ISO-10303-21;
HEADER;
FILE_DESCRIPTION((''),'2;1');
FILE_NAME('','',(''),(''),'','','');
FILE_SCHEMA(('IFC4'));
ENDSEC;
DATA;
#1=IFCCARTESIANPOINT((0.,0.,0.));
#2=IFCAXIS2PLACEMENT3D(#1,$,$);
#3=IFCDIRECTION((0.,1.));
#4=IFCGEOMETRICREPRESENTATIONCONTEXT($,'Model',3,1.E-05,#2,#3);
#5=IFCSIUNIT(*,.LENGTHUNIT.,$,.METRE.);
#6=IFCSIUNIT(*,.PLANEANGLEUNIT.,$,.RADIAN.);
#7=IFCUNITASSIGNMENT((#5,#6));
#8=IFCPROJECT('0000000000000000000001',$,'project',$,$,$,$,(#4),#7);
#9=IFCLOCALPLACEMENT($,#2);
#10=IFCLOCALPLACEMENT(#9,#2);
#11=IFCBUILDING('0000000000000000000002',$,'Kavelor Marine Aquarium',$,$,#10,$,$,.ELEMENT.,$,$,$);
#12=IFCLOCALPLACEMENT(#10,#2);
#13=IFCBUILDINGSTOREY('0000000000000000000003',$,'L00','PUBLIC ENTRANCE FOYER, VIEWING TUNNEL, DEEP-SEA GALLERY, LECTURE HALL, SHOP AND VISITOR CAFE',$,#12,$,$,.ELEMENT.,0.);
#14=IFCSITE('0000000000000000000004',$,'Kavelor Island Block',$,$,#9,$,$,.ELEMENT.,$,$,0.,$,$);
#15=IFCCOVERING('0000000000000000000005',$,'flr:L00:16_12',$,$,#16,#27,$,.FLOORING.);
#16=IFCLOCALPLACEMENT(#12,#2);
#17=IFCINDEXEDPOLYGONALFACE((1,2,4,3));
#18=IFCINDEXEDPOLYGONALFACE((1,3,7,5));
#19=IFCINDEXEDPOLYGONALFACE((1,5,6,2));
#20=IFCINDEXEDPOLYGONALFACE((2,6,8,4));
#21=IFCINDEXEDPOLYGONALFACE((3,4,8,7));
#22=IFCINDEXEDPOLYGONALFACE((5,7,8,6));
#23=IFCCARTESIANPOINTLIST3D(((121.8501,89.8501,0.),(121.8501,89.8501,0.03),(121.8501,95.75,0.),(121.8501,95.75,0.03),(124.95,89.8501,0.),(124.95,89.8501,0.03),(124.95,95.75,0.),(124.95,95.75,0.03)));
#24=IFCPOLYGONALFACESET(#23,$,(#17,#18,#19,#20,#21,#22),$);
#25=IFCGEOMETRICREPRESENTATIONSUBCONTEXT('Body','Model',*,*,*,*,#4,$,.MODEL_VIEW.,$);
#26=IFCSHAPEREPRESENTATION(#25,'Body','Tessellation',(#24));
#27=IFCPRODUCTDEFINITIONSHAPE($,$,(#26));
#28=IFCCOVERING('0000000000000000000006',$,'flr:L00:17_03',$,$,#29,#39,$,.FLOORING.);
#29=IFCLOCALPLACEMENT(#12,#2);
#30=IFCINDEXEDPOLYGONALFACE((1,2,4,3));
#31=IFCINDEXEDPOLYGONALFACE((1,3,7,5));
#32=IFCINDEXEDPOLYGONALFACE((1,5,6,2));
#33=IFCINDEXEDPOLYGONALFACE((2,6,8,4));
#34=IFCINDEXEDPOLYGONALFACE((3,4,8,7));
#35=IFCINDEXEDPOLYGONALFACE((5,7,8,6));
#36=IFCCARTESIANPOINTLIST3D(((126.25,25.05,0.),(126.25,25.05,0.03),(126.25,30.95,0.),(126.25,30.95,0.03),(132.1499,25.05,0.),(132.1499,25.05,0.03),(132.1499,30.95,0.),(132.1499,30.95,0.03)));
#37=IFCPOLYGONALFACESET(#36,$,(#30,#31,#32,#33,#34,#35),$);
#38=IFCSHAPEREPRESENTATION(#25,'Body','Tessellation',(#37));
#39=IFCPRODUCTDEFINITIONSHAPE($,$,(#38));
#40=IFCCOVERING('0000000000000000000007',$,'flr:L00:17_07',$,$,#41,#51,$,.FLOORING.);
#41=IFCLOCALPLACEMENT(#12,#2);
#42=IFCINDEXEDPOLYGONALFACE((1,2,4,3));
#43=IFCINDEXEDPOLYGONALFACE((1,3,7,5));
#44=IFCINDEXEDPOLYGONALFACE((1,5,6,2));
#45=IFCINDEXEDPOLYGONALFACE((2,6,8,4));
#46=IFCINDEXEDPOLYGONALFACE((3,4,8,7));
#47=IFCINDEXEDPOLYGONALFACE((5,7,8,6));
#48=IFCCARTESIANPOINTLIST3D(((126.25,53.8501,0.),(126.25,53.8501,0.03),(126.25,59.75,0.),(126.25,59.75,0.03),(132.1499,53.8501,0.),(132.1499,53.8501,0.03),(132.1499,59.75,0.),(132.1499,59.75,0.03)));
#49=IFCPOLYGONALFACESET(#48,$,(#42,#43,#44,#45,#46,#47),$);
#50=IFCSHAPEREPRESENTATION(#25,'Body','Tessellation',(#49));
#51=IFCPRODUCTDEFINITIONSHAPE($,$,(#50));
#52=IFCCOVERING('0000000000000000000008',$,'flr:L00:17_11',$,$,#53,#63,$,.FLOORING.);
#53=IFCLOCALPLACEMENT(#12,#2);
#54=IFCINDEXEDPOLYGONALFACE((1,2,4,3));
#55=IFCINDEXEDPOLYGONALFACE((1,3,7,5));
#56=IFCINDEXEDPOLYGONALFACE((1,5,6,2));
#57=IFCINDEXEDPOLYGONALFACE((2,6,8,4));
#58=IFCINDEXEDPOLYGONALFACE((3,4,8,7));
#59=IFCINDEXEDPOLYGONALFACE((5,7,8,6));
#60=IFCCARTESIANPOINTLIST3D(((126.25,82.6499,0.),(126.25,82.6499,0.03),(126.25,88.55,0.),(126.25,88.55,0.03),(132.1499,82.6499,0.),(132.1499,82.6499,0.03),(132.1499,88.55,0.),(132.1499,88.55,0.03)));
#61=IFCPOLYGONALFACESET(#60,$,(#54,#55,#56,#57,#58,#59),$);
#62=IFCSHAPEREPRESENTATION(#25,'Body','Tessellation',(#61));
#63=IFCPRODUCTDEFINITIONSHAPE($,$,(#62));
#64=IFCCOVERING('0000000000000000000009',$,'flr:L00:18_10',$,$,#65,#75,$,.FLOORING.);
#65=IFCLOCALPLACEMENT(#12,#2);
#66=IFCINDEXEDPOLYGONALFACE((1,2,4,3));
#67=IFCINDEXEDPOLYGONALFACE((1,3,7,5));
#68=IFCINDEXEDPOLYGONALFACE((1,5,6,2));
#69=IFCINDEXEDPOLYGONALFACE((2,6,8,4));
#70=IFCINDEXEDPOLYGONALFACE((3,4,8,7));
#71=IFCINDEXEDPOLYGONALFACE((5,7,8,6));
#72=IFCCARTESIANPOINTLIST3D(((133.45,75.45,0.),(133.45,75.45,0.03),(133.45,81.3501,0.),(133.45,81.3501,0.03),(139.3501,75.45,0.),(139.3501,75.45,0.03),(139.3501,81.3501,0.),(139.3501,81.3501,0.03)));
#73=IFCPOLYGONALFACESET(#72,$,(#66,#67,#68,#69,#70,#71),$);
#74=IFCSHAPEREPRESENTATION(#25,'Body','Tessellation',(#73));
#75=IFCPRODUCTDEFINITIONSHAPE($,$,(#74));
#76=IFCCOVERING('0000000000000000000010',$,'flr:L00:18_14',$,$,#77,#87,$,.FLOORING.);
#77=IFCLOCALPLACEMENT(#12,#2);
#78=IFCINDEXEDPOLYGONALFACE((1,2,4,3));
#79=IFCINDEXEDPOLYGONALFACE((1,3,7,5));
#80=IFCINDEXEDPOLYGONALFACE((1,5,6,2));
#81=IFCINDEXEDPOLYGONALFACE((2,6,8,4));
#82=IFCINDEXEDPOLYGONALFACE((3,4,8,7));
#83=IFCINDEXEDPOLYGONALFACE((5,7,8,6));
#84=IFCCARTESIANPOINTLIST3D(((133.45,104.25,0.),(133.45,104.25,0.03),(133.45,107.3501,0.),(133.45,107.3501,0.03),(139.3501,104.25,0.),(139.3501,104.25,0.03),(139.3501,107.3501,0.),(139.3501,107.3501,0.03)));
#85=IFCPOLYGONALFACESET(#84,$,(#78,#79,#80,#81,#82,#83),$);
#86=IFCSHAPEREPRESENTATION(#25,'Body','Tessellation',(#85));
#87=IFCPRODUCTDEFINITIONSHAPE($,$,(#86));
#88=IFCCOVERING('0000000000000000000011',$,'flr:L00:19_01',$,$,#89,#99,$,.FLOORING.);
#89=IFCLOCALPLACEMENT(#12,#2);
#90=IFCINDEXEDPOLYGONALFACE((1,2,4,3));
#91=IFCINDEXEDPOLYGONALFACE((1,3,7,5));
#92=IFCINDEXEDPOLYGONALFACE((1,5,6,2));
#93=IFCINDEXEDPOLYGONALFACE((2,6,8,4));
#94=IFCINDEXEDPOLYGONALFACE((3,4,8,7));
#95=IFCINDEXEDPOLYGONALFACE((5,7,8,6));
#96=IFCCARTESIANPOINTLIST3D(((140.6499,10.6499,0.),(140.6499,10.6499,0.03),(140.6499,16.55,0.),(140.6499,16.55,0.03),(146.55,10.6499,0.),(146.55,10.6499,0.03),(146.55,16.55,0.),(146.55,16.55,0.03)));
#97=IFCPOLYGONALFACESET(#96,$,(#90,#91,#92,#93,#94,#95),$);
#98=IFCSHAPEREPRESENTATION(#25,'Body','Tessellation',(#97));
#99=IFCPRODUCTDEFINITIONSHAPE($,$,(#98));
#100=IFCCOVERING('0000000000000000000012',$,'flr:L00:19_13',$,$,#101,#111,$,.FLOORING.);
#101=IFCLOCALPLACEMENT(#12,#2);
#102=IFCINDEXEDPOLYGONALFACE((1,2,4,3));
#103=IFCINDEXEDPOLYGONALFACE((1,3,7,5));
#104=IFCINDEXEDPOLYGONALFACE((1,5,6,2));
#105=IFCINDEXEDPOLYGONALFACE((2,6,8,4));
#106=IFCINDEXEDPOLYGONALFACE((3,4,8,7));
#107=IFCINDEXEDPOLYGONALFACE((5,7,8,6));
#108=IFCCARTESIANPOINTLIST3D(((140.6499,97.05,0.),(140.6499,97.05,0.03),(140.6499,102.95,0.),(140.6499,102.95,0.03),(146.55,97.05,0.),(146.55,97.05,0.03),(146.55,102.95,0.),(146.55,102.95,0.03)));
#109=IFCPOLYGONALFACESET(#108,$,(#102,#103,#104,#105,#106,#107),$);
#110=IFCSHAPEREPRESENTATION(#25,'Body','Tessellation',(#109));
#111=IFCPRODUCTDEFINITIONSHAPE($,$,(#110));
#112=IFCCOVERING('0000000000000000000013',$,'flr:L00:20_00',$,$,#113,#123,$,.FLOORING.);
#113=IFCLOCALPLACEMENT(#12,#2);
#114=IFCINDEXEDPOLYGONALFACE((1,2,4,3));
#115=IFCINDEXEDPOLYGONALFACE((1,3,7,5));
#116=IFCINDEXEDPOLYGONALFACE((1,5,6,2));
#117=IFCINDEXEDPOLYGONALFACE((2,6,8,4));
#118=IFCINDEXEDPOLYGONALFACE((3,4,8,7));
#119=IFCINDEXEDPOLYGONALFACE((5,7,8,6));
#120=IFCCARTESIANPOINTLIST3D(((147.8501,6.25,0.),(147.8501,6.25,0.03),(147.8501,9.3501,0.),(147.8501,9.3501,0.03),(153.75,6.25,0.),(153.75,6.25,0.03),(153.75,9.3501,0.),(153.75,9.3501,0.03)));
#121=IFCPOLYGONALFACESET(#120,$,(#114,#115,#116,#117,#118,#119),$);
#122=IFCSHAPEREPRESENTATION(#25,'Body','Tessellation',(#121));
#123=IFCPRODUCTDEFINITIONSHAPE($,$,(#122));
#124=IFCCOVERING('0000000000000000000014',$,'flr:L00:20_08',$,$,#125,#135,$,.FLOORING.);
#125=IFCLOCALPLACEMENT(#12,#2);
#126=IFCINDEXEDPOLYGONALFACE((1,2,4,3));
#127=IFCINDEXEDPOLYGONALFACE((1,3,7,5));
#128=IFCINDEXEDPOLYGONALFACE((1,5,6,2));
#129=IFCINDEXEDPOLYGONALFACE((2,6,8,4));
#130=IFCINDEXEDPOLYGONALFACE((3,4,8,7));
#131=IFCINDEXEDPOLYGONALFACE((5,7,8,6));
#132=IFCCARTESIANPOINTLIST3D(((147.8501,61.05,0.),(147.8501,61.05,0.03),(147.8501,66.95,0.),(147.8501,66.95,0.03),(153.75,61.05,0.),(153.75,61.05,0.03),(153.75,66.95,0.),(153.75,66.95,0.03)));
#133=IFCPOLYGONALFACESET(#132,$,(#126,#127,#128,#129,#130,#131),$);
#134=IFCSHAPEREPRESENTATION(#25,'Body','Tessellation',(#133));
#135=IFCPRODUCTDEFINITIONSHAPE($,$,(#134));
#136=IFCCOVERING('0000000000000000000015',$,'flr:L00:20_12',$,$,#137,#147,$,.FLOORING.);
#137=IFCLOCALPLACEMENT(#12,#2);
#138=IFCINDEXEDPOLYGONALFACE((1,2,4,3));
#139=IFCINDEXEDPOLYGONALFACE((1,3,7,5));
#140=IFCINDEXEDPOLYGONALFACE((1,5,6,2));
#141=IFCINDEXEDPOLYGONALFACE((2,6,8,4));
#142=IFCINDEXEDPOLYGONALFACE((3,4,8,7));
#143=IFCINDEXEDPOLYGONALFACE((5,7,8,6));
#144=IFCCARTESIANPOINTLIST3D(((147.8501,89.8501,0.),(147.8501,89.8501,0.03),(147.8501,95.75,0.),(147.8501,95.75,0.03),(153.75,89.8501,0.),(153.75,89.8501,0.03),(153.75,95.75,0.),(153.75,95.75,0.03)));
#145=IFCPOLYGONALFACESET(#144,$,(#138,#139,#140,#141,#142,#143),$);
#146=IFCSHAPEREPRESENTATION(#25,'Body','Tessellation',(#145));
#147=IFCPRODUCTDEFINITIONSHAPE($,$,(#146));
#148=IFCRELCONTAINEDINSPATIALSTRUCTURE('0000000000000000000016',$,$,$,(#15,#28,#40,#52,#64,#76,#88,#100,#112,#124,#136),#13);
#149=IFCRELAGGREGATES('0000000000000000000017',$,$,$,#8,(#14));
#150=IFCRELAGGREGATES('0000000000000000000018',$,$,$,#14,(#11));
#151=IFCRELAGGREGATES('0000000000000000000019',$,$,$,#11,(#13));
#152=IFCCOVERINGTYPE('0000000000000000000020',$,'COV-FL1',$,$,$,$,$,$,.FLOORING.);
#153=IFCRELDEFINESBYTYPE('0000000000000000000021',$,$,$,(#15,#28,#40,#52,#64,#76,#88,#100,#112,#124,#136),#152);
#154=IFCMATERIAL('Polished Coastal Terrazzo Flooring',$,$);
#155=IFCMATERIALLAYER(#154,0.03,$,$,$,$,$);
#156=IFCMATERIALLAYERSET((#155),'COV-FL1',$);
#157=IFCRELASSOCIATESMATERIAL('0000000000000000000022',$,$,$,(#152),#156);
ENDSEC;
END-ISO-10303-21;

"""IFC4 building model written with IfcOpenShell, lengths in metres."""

from ifc_helpers import new_model, si_unit, direction, origin, place, context, subcontext, project, spatial, polyline, outline, extrude, material, layer, layer_set, type_object, element, save


model = new_model("IFC4")

# Units and contexts
model_context = context("Model", 3, precision=1e-05, world=origin(), true_north=direction((0.0, 1.0)))
body_context = subcontext(model_context, "Body", "Model", "MODEL_VIEW")
ifc_project = project(units=[si_unit("LENGTHUNIT", "METRE"), si_unit("PLANEANGLEUNIT", "RADIAN")], contexts=[model_context])

# Site, building, storey
site_placement = place(None, origin())
site = spatial("IfcSite", under=ifc_project, at=site_placement, Name="Kavelor Island Block", CompositionType="ELEMENT", RefElevation=0.0)
building_placement = place(site_placement, origin())
building = spatial("IfcBuilding", under=site, at=building_placement, Name="Kavelor Marine Aquarium", CompositionType="ELEMENT")
storey_placement = place(building_placement, origin())
storey = spatial("IfcBuildingStorey", under=building, at=storey_placement, Name="L00", Description="PUBLIC ENTRANCE FOYER, VIEWING TUNNEL, DEEP-SEA GALLERY, LECTURE HALL, SHOP AND VISITOR CAFE", CompositionType="ELEMENT", Elevation=0.0)

# Coverings
ifc_material_1 = material(Name="Polished Coastal Terrazzo Flooring")
ifc_layer_1 = layer(ifc_material_1, 0.03)
ifc_layer_set_1 = layer_set([ifc_layer_1], Name="COV-FL1")
covering_type_1 = type_object("IfcCoveringType", Name="COV-FL1", PredefinedType="FLOORING", material=ifc_layer_set_1)
covering_1_placement = place(storey_placement, origin())
element("IfcCovering", 1, at=covering_1_placement, inside=storey, type_object=covering_type_1, Name="flr:L00:16_12", PredefinedType="FLOORING", context=body_context, shape_type="SweptSolid", body=[
    extrude(outline(polyline([(121.8501, 89.8501), (124.95, 89.8501), (124.95, 95.75), (121.8501, 95.75), (121.8501, 89.8501)])), origin(), (0.0, 0.0, 1.0), 0.03),
])
covering_2_placement = place(storey_placement, origin())
element("IfcCovering", 2, at=covering_2_placement, inside=storey, type_object=covering_type_1, Name="flr:L00:17_03", PredefinedType="FLOORING", context=body_context, shape_type="SweptSolid", body=[
    extrude(outline(polyline([(126.25, 25.05), (132.1499, 25.05), (132.1499, 30.95), (126.25, 30.95), (126.25, 25.05)])), origin(), (0.0, 0.0, 1.0), 0.03),
])
covering_3_placement = place(storey_placement, origin())
element("IfcCovering", 3, at=covering_3_placement, inside=storey, type_object=covering_type_1, Name="flr:L00:17_07", PredefinedType="FLOORING", context=body_context, shape_type="SweptSolid", body=[
    extrude(outline(polyline([(126.25, 53.8501), (132.1499, 53.8501), (132.1499, 59.75), (126.25, 59.75), (126.25, 53.8501)])), origin(), (0.0, 0.0, 1.0), 0.03),
])
covering_4_placement = place(storey_placement, origin())
element("IfcCovering", 4, at=covering_4_placement, inside=storey, type_object=covering_type_1, Name="flr:L00:17_11", PredefinedType="FLOORING", context=body_context, shape_type="SweptSolid", body=[
    extrude(outline(polyline([(126.25, 82.6499), (132.1499, 82.6499), (132.1499, 88.55), (126.25, 88.55), (126.25, 82.6499)])), origin(), (0.0, 0.0, 1.0), 0.03),
])
covering_5_placement = place(storey_placement, origin())
element("IfcCovering", 5, at=covering_5_placement, inside=storey, type_object=covering_type_1, Name="flr:L00:18_10", PredefinedType="FLOORING", context=body_context, shape_type="SweptSolid", body=[
    extrude(outline(polyline([(133.45, 75.45), (139.3501, 75.45), (139.3501, 81.3501), (133.45, 81.3501), (133.45, 75.45)])), origin(), (0.0, 0.0, 1.0), 0.03),
])
covering_6_placement = place(storey_placement, origin())
element("IfcCovering", 6, at=covering_6_placement, inside=storey, type_object=covering_type_1, Name="flr:L00:18_14", PredefinedType="FLOORING", context=body_context, shape_type="SweptSolid", body=[
    extrude(outline(polyline([(133.45, 104.25), (139.3501, 104.25), (139.3501, 107.3501), (133.45, 107.3501), (133.45, 104.25)])), origin(), (0.0, 0.0, 1.0), 0.03),
])
covering_7_placement = place(storey_placement, origin())
element("IfcCovering", 7, at=covering_7_placement, inside=storey, type_object=covering_type_1, Name="flr:L00:19_01", PredefinedType="FLOORING", context=body_context, shape_type="SweptSolid", body=[
    extrude(outline(polyline([(140.6499, 10.6499), (146.55, 10.6499), (146.55, 16.55), (140.6499, 16.55), (140.6499, 10.6499)])), origin(), (0.0, 0.0, 1.0), 0.03),
])
covering_8_placement = place(storey_placement, origin())
element("IfcCovering", 8, at=covering_8_placement, inside=storey, type_object=covering_type_1, Name="flr:L00:19_13", PredefinedType="FLOORING", context=body_context, shape_type="SweptSolid", body=[
    extrude(outline(polyline([(140.6499, 97.05), (146.55, 97.05), (146.55, 102.95), (140.6499, 102.95), (140.6499, 97.05)])), origin(), (0.0, 0.0, 1.0), 0.03),
])
covering_9_placement = place(storey_placement, origin())
element("IfcCovering", 9, at=covering_9_placement, inside=storey, type_object=covering_type_1, Name="flr:L00:20_00", PredefinedType="FLOORING", context=body_context, shape_type="SweptSolid", body=[
    extrude(outline(polyline([(147.8501, 6.25), (153.75, 6.25), (153.75, 9.3501), (147.8501, 9.3501), (147.8501, 6.25)])), origin(), (0.0, 0.0, 1.0), 0.03),
])
covering_10_placement = place(storey_placement, origin())
element("IfcCovering", 10, at=covering_10_placement, inside=storey, type_object=covering_type_1, Name="flr:L00:20_08", PredefinedType="FLOORING", context=body_context, shape_type="SweptSolid", body=[
    extrude(outline(polyline([(147.8501, 61.05), (153.75, 61.05), (153.75, 66.95), (147.8501, 66.95), (147.8501, 61.05)])), origin(), (0.0, 0.0, 1.0), 0.03),
])
covering_11_placement = place(storey_placement, origin())
element("IfcCovering", 11, at=covering_11_placement, inside=storey, type_object=covering_type_1, Name="flr:L00:20_12", PredefinedType="FLOORING", context=body_context, shape_type="SweptSolid", body=[
    extrude(outline(polyline([(147.8501, 89.8501), (153.75, 89.8501), (153.75, 95.75), (147.8501, 95.75), (147.8501, 89.8501)])), origin(), (0.0, 0.0, 1.0), 0.03),
])

save(model, "model.ifc")
